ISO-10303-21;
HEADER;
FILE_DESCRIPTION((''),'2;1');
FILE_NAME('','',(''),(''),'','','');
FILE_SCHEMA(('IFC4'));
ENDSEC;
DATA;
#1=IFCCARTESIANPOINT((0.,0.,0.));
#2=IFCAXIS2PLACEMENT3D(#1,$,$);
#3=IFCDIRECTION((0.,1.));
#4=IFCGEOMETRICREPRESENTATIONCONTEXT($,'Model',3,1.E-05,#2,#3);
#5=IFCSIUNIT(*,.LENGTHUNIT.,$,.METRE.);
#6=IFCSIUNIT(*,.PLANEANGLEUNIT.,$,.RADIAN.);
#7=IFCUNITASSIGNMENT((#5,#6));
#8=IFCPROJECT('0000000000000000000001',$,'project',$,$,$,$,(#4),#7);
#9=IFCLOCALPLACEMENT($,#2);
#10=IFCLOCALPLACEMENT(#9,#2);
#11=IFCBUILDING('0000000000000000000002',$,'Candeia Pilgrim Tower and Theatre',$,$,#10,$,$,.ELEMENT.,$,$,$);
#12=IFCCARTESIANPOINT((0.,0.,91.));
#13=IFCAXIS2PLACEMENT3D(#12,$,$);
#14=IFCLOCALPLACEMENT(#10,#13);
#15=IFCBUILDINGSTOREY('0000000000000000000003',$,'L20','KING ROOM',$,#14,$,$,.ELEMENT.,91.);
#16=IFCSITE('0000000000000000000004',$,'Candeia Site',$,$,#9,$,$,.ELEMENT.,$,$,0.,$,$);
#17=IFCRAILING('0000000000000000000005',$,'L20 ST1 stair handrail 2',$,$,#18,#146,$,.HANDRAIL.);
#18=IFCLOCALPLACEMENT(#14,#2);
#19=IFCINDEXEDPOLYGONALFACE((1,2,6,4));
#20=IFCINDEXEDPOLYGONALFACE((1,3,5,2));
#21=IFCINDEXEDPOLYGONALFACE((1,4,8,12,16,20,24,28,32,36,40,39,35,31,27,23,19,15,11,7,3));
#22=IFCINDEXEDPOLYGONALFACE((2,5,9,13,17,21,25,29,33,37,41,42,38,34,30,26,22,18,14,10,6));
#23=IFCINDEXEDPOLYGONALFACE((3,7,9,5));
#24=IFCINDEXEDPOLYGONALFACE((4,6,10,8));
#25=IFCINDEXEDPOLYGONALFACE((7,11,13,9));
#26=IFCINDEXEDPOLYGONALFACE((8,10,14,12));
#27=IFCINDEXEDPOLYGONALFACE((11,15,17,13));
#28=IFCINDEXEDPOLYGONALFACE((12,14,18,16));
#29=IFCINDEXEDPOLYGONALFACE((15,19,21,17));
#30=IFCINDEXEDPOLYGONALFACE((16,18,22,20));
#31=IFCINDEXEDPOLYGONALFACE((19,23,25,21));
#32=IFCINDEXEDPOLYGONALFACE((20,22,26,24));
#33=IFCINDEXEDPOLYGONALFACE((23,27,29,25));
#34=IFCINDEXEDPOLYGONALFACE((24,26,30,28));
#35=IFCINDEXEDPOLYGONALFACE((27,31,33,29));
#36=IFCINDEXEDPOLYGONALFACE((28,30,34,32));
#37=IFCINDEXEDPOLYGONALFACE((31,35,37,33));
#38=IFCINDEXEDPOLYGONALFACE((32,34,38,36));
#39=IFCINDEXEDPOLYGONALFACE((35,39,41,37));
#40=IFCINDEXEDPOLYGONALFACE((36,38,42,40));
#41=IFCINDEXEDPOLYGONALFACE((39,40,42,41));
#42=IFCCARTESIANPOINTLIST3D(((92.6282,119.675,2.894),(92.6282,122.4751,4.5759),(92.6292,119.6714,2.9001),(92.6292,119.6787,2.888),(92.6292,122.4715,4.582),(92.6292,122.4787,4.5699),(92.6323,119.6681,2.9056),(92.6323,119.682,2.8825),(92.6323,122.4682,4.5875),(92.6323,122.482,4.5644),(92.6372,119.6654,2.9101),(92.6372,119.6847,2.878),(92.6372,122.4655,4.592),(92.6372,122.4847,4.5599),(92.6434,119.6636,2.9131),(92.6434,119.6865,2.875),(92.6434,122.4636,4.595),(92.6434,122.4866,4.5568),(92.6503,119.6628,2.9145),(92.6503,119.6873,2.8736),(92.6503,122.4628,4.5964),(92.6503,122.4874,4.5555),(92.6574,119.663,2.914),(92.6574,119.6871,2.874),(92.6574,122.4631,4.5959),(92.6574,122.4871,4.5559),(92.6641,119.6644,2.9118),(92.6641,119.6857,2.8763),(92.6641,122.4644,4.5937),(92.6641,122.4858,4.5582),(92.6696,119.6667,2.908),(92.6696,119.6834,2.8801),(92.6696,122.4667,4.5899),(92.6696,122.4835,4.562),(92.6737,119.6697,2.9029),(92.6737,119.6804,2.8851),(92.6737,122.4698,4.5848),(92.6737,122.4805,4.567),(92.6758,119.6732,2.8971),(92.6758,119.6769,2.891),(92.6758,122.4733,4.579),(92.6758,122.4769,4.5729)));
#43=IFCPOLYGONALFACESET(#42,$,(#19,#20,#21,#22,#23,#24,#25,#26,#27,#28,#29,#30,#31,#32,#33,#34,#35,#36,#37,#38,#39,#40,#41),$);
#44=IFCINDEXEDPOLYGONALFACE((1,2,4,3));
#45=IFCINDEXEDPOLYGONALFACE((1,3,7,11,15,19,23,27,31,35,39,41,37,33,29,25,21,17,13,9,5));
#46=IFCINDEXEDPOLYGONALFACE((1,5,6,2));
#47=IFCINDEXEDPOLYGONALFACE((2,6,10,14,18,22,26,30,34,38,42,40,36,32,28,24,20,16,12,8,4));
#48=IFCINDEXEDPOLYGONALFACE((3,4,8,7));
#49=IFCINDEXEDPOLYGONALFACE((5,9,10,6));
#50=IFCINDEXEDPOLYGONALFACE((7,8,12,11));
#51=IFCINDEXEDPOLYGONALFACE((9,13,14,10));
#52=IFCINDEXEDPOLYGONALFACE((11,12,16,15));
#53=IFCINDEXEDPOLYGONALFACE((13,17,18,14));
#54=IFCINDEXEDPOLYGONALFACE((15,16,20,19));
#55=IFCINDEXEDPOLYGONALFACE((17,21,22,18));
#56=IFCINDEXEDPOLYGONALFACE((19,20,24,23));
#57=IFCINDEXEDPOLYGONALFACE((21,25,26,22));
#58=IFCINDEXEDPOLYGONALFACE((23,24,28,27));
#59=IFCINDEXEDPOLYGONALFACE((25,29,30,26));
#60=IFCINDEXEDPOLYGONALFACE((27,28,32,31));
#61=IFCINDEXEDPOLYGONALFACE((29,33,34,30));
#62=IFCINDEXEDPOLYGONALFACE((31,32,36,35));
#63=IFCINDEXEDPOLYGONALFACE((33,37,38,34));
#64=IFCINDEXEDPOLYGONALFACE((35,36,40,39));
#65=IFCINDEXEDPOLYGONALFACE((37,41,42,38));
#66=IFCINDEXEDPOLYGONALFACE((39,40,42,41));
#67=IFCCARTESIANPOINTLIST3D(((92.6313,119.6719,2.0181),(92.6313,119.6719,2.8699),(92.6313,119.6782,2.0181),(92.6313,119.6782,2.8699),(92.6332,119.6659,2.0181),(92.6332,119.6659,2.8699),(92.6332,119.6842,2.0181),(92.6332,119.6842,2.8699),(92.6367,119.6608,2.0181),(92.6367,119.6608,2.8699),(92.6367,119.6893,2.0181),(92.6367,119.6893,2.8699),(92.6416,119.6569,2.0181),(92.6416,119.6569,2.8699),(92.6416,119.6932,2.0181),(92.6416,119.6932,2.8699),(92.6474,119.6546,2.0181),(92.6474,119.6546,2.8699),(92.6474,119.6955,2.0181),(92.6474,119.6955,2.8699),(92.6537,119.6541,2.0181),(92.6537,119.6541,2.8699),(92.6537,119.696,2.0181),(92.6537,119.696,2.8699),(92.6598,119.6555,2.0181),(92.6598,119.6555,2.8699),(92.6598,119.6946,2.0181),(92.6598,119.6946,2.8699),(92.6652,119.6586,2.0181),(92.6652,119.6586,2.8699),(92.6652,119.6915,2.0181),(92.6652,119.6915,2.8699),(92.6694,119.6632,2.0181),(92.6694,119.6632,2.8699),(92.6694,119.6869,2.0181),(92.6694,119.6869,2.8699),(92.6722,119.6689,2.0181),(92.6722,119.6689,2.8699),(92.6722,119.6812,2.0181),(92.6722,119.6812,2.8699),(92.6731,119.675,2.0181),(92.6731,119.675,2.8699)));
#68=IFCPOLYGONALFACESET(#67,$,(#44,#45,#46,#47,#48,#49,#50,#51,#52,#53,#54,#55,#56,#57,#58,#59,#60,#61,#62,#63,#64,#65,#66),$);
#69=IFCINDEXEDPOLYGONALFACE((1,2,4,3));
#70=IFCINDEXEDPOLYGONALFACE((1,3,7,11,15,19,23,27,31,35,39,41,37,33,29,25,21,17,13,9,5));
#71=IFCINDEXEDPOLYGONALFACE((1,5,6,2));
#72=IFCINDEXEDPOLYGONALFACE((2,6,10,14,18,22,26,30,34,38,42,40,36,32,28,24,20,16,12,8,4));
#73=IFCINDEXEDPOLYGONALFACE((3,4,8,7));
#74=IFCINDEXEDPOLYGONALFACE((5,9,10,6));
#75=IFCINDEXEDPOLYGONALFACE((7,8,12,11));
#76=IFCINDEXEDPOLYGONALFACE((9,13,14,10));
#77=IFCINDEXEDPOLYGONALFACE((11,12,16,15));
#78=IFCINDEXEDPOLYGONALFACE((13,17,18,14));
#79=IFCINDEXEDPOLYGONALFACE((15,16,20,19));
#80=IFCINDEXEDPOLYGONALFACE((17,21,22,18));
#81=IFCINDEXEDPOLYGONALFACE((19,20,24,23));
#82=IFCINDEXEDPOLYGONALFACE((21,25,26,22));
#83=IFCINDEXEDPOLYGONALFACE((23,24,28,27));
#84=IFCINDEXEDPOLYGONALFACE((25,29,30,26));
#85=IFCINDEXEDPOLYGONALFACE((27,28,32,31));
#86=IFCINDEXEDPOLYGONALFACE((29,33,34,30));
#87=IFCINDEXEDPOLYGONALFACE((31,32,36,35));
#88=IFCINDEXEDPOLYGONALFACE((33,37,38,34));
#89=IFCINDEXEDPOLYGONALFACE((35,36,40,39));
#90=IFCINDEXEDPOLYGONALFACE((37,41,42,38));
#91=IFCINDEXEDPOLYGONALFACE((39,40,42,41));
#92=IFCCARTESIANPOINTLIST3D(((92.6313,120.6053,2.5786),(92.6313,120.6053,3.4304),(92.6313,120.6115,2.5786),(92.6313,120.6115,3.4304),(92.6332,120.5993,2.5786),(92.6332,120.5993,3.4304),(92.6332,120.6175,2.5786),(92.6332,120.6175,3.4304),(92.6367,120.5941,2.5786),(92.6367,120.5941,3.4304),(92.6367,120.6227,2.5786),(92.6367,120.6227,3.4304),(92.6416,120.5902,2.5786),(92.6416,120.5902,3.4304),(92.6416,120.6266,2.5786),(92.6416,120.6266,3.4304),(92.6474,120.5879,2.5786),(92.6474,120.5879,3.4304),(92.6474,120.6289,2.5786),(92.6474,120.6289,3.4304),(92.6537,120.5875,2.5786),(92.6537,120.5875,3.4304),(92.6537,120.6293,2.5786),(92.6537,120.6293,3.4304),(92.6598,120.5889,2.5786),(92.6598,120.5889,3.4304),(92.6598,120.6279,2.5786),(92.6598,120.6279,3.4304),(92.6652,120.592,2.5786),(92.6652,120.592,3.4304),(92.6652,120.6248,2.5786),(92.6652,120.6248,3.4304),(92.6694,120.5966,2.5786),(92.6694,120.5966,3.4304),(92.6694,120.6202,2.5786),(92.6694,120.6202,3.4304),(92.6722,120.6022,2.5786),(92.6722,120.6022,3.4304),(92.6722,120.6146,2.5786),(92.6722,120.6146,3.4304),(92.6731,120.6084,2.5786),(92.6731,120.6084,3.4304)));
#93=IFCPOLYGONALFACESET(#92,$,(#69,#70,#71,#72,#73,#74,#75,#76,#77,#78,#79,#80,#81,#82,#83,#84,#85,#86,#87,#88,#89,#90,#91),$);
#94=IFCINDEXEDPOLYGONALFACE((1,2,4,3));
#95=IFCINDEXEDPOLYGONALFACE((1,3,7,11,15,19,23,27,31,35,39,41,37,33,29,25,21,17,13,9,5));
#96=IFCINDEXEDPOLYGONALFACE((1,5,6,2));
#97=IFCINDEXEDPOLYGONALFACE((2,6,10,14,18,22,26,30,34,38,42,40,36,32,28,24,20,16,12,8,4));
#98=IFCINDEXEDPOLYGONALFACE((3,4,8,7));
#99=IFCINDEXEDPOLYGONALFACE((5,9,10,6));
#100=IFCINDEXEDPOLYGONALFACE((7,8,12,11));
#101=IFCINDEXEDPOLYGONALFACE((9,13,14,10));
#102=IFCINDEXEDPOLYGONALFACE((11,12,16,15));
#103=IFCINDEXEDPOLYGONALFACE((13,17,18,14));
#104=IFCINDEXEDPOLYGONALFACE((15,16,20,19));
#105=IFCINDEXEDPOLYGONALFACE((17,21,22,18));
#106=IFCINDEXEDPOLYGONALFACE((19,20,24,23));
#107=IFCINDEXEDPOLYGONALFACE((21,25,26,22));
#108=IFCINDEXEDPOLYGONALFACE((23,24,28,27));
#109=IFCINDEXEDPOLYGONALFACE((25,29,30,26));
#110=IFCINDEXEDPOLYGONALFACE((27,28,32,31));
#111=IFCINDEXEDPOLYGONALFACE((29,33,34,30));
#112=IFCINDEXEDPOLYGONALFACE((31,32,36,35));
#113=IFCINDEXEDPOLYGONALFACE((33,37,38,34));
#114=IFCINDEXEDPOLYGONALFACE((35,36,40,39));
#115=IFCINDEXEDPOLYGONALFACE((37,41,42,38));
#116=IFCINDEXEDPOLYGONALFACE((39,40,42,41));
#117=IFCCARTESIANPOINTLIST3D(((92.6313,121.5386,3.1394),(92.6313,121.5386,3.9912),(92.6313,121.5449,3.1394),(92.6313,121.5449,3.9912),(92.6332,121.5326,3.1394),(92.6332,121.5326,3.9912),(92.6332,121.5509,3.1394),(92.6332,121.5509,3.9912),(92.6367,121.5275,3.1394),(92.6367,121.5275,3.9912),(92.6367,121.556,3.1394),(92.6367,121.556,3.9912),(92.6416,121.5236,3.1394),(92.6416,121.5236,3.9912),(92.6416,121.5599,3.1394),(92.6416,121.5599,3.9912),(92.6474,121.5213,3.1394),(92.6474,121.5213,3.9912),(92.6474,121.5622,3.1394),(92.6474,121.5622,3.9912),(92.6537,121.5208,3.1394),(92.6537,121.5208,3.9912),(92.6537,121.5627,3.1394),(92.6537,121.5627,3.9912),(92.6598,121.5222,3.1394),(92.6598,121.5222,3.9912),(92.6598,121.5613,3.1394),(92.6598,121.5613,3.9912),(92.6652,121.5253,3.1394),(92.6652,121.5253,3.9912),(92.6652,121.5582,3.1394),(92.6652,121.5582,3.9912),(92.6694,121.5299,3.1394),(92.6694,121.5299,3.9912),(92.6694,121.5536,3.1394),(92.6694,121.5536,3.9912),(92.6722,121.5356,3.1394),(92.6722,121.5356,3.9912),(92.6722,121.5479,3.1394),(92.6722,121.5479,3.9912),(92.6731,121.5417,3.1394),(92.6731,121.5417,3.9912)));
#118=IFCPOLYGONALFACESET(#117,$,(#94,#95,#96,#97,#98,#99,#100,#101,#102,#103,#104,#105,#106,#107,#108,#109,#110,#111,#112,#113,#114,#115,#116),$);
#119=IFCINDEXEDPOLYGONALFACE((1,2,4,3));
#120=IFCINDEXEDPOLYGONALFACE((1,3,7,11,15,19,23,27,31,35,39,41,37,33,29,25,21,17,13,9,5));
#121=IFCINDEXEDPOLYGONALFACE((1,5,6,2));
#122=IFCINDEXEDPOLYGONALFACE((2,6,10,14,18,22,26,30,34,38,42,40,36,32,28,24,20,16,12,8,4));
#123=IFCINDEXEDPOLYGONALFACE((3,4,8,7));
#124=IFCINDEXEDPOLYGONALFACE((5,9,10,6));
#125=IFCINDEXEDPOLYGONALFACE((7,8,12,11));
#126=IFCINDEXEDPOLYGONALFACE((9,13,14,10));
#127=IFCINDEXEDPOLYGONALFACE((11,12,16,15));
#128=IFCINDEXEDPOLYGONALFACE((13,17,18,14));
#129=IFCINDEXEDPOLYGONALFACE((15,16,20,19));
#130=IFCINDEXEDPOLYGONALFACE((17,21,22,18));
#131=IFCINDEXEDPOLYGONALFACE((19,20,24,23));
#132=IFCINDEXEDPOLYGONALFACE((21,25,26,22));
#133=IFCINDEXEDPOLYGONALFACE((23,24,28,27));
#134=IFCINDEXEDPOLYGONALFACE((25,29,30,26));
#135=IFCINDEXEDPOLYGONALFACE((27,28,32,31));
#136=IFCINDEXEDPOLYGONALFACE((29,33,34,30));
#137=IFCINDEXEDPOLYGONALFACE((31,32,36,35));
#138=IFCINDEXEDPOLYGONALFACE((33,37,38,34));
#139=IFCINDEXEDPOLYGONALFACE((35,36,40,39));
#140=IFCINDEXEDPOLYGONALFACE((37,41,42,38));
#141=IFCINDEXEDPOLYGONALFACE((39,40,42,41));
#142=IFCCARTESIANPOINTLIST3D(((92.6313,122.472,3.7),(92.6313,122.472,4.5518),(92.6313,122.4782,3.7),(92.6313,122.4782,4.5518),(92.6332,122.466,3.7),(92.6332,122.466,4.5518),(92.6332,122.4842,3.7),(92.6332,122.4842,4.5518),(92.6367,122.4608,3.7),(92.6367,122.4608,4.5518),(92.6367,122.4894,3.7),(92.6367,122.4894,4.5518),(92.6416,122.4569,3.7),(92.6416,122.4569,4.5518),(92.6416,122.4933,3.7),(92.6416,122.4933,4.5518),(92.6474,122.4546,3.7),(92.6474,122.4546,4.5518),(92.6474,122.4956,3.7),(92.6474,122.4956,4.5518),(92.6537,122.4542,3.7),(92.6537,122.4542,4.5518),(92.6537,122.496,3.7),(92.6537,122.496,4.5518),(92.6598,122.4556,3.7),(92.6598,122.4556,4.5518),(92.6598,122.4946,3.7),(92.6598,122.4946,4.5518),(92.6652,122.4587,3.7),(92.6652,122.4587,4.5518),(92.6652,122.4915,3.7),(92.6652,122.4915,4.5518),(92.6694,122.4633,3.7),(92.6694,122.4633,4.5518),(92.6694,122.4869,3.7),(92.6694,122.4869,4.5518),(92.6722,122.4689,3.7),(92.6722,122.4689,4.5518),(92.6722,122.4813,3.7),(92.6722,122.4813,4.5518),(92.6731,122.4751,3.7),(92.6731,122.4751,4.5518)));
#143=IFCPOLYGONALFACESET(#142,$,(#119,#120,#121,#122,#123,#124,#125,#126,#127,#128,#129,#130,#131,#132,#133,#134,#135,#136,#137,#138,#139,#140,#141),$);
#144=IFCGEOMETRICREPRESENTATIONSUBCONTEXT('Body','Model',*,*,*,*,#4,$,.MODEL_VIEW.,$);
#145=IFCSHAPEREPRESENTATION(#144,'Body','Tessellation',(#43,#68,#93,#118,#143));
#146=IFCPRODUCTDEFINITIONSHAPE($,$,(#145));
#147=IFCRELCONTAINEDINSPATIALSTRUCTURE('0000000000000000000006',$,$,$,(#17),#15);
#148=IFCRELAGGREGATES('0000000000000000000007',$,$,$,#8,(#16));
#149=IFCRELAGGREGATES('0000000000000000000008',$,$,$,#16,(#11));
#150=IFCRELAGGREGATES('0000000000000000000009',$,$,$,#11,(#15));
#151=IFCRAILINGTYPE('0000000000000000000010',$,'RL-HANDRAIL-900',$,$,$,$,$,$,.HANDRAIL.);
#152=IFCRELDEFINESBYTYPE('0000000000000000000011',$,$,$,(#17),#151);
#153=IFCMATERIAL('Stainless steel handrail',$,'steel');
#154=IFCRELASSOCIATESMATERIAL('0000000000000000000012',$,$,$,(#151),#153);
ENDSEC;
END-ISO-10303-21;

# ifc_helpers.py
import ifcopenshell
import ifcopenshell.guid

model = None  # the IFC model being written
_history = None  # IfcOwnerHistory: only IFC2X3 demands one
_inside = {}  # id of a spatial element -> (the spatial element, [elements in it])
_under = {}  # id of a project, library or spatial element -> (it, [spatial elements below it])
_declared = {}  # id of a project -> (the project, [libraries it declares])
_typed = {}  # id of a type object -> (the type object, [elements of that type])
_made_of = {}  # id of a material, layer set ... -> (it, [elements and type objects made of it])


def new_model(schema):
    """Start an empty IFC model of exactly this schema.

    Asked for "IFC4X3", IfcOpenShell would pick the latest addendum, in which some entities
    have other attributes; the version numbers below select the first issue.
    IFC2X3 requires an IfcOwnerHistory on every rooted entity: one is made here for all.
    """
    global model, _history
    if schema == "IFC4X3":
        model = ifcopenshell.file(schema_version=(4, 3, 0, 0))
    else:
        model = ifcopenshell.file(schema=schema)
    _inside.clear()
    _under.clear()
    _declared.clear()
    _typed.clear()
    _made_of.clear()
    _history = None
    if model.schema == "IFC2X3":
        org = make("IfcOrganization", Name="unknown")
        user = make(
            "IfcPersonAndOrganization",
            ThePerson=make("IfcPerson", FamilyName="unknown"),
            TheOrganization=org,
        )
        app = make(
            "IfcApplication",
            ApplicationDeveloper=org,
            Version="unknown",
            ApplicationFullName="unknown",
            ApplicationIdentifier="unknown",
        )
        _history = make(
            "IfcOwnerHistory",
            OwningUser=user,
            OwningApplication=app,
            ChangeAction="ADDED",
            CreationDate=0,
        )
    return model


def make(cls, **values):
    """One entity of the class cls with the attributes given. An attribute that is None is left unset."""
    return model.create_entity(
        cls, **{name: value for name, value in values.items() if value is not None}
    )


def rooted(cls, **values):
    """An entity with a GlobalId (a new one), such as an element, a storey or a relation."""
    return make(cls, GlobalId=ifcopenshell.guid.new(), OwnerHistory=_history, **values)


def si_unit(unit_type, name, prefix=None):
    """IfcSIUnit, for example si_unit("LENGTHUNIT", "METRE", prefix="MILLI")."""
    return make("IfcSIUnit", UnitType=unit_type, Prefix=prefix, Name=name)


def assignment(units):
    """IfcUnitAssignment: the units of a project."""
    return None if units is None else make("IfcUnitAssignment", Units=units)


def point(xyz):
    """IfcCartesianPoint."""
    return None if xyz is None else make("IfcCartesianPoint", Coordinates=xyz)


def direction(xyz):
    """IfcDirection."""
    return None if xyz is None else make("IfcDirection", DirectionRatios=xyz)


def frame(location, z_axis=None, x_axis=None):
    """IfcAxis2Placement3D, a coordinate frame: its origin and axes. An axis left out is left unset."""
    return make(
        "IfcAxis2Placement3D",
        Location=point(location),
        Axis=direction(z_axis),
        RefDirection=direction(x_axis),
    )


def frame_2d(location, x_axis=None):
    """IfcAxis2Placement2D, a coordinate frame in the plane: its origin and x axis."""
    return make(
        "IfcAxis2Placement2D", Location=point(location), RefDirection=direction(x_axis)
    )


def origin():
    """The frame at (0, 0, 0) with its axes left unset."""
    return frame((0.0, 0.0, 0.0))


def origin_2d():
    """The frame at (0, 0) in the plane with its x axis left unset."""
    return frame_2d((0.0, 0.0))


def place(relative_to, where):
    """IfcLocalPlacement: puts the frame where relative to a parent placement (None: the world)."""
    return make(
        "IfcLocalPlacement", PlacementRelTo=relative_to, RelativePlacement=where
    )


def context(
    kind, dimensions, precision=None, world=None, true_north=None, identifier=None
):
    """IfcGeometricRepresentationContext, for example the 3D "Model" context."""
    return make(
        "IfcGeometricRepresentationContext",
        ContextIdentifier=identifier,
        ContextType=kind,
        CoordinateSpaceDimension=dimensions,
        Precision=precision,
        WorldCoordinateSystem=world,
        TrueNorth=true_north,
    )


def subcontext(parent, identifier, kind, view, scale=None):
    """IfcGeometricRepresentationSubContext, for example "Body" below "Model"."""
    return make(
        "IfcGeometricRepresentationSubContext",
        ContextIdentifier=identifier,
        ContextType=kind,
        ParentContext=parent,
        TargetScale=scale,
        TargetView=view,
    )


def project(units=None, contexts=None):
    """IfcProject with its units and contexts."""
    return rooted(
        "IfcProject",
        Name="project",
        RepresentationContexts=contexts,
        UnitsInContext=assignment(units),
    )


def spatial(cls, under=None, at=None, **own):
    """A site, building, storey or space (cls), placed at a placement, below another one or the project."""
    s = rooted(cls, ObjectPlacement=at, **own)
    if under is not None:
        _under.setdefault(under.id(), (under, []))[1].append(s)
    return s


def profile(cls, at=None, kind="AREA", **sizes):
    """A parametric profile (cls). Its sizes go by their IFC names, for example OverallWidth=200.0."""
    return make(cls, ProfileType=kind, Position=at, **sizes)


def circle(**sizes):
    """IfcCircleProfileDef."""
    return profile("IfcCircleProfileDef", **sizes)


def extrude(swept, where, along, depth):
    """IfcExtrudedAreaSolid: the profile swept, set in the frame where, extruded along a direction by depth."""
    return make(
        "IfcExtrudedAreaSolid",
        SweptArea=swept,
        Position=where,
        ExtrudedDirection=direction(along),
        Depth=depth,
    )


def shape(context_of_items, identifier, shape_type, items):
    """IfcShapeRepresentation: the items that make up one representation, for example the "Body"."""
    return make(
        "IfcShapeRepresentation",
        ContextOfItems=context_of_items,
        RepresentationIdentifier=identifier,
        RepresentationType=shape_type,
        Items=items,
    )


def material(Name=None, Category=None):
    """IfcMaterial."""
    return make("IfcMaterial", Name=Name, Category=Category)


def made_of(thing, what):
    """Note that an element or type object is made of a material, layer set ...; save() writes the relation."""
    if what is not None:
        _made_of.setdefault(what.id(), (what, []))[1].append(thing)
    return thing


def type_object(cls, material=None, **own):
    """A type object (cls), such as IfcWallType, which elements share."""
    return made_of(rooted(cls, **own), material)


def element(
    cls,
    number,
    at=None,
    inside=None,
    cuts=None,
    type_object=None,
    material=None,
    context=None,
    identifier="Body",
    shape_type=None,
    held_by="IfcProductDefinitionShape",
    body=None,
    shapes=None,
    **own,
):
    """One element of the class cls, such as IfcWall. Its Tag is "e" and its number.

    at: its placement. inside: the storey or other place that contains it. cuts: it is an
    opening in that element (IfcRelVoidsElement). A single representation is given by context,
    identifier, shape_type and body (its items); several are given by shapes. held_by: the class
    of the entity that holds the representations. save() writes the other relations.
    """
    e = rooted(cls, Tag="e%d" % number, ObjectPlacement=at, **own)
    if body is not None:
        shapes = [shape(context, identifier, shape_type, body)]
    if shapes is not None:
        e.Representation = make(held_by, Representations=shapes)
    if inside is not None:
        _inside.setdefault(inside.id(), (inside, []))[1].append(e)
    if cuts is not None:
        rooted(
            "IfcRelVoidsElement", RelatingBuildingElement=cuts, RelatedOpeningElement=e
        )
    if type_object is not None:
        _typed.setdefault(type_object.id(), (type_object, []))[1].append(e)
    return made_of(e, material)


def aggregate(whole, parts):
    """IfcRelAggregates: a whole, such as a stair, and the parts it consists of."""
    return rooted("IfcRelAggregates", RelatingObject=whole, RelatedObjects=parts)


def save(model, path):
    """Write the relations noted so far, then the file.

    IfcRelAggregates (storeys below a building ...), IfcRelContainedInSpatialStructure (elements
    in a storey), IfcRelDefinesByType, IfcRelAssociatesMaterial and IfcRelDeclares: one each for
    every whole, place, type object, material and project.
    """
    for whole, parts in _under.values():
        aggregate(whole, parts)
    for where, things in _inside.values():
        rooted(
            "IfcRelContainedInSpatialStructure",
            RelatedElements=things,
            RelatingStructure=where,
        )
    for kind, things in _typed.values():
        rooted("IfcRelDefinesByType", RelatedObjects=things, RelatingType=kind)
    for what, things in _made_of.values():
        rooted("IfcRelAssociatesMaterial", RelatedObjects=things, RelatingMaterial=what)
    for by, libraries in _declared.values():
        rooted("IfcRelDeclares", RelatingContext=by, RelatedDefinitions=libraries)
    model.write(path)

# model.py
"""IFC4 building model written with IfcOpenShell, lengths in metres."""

from ifc_helpers import new_model, si_unit, direction, frame, origin, origin_2d, place, context, subcontext, project, spatial, circle, extrude, material, type_object, element, save


model = new_model("IFC4")

# Units and contexts
model_context = context("Model", 3, precision=1e-05, world=origin(), true_north=direction((0.0, 1.0)))
body_context = subcontext(model_context, "Body", "Model", "MODEL_VIEW")
ifc_project = project(units=[si_unit("LENGTHUNIT", "METRE"), si_unit("PLANEANGLEUNIT", "RADIAN")], contexts=[model_context])

# Site, building, storey
site_placement = place(None, origin())
site = spatial("IfcSite", under=ifc_project, at=site_placement, Name="Candeia Site", CompositionType="ELEMENT", RefElevation=0.0)
building_placement = place(site_placement, origin())
building = spatial("IfcBuilding", under=site, at=building_placement, Name="Candeia Pilgrim Tower and Theatre", CompositionType="ELEMENT")
storey_placement = place(building_placement, frame((0.0, 0.0, 91.0)))
storey = spatial("IfcBuildingStorey", under=building, at=storey_placement, Name="L20", Description="KING ROOM", CompositionType="ELEMENT", Elevation=91.0)

# Railing
ifc_material_1 = material(Name="Stainless steel handrail", Category="steel")
railing_type_1 = type_object("IfcRailingType", Name="RL-HANDRAIL-900", PredefinedType="HANDRAIL", material=ifc_material_1)
railing_1_placement = place(storey_placement, frame((92.6521, 119.675, 2.0181)))
element("IfcRailing", 1, at=railing_1_placement, inside=storey, type_object=railing_type_1, Name="L20 ST1 stair handrail 2", PredefinedType="HANDRAIL", context=body_context, shape_type="SweptSolid", body=[
    extrude(circle(Radius=0.0239, at=origin_2d()), frame((0.0, 0.0, 0.876), z_axis=(0.0, 0.857242, 0.514913), x_axis=(-1.0, 0.0, 0.0)), (0.0, 0.0, 1.0), 3.2664),
    extrude(circle(Radius=0.021, at=origin_2d()), origin(), (0.0, 0.0, 1.0), 0.8518),
    extrude(circle(Radius=0.021, at=origin_2d()), frame((0.0, 0.9333, 0.5605)), (0.0, 0.0, 1.0), 0.8518),
    extrude(circle(Radius=0.021, at=origin_2d()), frame((0.0, 1.8667, 1.1213)), (0.0, 0.0, 1.0), 0.8518),
    extrude(circle(Radius=0.021, at=origin_2d()), frame((0.0, 2.8, 1.6819)), (0.0, 0.0, 1.0), 0.8518),
])

save(model, "model.ifc")
